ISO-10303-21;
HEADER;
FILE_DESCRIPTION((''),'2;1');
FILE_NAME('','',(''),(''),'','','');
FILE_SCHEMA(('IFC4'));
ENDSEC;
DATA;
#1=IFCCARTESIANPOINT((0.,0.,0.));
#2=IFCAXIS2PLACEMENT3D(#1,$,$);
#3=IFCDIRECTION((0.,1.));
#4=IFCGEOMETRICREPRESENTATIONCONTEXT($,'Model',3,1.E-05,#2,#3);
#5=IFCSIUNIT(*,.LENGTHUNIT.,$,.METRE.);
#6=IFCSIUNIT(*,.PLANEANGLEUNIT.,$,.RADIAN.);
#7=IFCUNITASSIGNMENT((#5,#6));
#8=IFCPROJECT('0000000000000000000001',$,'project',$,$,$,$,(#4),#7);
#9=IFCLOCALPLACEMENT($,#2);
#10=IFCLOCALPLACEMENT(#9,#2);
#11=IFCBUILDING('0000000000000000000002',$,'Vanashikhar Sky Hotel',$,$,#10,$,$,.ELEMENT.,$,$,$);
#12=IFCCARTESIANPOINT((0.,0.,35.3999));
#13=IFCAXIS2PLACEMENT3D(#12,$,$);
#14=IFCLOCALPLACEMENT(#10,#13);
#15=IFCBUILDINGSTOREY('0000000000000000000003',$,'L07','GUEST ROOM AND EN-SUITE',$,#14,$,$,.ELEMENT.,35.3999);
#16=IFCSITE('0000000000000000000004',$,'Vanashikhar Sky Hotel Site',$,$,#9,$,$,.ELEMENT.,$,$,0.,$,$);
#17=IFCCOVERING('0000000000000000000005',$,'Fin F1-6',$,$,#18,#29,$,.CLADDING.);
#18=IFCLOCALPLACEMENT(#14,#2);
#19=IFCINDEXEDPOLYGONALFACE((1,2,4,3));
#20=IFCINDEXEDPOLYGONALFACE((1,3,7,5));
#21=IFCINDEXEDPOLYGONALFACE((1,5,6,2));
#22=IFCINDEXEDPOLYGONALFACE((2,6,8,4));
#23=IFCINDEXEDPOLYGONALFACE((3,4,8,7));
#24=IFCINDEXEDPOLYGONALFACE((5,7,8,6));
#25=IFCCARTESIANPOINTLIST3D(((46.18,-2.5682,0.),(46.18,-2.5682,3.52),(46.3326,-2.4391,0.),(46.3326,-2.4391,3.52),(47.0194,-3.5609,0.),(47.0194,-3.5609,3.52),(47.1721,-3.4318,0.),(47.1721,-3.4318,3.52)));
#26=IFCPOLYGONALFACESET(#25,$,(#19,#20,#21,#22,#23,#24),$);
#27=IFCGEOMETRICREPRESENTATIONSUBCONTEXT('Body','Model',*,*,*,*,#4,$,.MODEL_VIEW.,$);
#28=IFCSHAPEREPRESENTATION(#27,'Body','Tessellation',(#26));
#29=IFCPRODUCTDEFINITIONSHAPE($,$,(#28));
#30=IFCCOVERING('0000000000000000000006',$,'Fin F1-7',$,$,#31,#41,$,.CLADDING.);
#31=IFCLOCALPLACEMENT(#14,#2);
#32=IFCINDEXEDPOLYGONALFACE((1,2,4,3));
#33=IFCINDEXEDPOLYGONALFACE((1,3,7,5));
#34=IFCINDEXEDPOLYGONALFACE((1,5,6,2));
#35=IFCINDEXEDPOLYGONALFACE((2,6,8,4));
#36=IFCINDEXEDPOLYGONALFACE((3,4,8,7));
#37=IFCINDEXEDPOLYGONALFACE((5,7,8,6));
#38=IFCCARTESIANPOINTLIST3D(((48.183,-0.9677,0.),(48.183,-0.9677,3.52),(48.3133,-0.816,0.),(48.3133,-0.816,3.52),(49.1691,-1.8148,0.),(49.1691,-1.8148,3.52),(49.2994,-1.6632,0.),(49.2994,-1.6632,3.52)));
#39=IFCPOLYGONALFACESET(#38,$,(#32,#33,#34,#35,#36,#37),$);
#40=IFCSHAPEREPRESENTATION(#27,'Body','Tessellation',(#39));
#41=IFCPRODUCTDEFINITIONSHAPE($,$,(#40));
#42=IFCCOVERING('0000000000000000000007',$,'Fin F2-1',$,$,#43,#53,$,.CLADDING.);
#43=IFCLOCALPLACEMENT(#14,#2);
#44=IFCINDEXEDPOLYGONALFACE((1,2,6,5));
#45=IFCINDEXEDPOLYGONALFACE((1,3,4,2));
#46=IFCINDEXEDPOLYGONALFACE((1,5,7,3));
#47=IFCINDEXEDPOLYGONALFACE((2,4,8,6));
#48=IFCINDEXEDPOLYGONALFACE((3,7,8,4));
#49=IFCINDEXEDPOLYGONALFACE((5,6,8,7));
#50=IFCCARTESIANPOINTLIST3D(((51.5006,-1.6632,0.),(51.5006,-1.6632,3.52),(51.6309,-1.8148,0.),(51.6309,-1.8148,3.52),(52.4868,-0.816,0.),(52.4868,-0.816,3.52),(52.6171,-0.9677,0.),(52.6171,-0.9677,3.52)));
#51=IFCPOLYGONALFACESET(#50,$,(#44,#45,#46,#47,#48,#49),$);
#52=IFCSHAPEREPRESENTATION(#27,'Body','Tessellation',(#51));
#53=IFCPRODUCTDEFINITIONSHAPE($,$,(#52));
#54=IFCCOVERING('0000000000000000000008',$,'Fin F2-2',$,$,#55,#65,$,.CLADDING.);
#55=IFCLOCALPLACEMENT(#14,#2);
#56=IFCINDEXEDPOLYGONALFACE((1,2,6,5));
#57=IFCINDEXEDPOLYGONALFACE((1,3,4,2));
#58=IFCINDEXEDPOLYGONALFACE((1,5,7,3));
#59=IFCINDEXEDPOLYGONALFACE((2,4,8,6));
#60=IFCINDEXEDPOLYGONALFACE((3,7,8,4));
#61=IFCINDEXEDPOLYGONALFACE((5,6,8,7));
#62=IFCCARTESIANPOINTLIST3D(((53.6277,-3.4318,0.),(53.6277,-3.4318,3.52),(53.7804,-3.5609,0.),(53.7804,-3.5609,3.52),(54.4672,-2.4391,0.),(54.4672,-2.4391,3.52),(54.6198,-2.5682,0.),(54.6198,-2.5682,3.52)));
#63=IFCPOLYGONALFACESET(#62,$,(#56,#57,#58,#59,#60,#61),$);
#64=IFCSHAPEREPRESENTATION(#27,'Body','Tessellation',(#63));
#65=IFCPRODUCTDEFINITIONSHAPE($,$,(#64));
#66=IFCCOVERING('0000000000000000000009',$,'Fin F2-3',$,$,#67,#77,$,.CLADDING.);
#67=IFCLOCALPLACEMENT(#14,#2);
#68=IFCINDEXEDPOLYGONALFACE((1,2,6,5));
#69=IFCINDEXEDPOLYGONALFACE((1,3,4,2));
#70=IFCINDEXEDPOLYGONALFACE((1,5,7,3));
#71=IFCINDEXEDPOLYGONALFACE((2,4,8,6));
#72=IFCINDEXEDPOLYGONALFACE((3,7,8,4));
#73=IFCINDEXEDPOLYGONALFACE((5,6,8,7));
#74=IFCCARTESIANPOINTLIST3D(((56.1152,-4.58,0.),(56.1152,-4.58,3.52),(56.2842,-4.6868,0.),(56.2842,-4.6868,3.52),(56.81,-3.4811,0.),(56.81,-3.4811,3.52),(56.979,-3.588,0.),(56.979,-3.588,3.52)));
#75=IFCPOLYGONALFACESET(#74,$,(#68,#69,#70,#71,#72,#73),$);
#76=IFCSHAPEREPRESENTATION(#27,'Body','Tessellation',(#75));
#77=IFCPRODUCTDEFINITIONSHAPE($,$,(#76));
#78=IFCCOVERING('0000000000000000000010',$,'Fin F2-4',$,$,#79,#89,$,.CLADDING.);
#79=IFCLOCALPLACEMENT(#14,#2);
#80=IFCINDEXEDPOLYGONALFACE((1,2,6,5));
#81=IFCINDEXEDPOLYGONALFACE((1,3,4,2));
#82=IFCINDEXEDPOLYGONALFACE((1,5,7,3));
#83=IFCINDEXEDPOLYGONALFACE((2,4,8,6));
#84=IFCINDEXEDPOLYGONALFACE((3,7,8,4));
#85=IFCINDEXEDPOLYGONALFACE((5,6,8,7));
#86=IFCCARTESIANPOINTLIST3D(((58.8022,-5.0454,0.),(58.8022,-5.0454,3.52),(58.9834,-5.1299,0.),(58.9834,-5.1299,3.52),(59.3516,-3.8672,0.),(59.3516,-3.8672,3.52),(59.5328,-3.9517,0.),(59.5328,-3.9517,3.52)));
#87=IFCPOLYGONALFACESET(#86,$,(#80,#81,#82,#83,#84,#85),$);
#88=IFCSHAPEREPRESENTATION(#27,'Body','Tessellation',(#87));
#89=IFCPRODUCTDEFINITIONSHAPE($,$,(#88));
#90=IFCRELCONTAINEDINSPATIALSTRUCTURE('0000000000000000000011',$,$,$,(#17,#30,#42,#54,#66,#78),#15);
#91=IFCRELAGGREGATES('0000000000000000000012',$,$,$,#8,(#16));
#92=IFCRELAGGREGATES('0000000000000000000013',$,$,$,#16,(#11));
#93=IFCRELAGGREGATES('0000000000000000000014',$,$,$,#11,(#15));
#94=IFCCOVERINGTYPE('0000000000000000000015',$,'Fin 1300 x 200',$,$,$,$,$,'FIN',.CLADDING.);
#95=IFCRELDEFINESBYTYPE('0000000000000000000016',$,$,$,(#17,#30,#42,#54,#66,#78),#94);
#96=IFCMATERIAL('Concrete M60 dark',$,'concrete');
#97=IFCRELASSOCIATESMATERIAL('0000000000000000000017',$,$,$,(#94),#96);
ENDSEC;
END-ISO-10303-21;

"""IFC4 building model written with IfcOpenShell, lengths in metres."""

from ifc_helpers import new_model, si_unit, direction, frame, origin, origin_2d, place, context, subcontext, project, spatial, rectangle, extrude, source, transform, mapped, material, material_profile, profile_set, type_object, element, save


model = new_model("IFC4")

# Units and contexts
model_context = context("Model", 3, precision=1e-05, world=origin(), true_north=direction((0.0, 1.0)))
body_context = subcontext(model_context, "Body", "Model", "MODEL_VIEW")
ifc_project = project(units=[si_unit("LENGTHUNIT", "METRE"), si_unit("PLANEANGLEUNIT", "RADIAN")], contexts=[model_context])

# Site, building, storey
site_placement = place(None, origin())
site = spatial("IfcSite", under=ifc_project, at=site_placement, Name="Vanashikhar Sky Hotel Site", CompositionType="ELEMENT", RefElevation=0.0)
building_placement = place(site_placement, origin())
building = spatial("IfcBuilding", under=site, at=building_placement, Name="Vanashikhar Sky Hotel", CompositionType="ELEMENT")
storey_placement = place(building_placement, frame((0.0, 0.0, 35.3999)))
storey = spatial("IfcBuildingStorey", under=building, at=storey_placement, Name="L07", Description="GUEST ROOM AND EN-SUITE", CompositionType="ELEMENT", Elevation=35.3999)

# Coverings
ifc_material_1 = material(Name="Concrete M60 dark", Category="concrete")
ifc_material_profile = material_profile(ifc_material_1, rectangle(XDim=1.3, YDim=0.2, at=origin_2d()))
ifc_profile_set = profile_set([ifc_material_profile], Name="Fin 1300 x 200")
covering_type = type_object("IfcCoveringType", Name="Fin 1300 x 200", ElementType="FIN", PredefinedType="CLADDING", material=ifc_profile_set)
shared_shape_1 = source(origin(), body_context, "Body", "SweptSolid", [
    extrude(rectangle(XDim=1.3, YDim=0.2, at=origin_2d()), origin(), (0.0, 0.0, 1.0), 3.52),
])
for number, where, z_axis, x_axis, name in (
    (1, (46.676, -3.0, 0.0), (0.0, 0.0, 1.0), (0.645698, -0.763593, 0.0), "Fin F1-6"),
    (2, (48.7412, -1.3154, 0.0), (0.0, 0.0, 1.0), (0.758544, -0.651622, 0.0), "Fin F1-7"),
    (3, (52.0588, -1.3154, 0.0), (0.0, 0.0, 1.0), (-0.758544, -0.651622, 0.0), "Fin F2-1"),
    (4, (54.1238, -3.0, 0.0), (0.0, 0.0, 1.0), (-0.645698, -0.763593, 0.0), "Fin F2-2"),
    (5, (56.5471, -4.084, 0.0), (0.0, 0.0, 1.0), (-0.534411, -0.845225, 0.0), "Fin F2-3"),
    (6, (59.1675, -4.4985, 0.0), (0.0, 0.0, 1.0), (-0.422618, -0.906308, 0.0), "Fin F2-4"),
):
    element("IfcCovering", number, at=place(storey_placement, frame(where, z_axis=z_axis, x_axis=x_axis)), inside=storey, type_object=covering_type, Name=name, PredefinedType="CLADDING", context=body_context, shape_type="MappedRepresentation", body=[
        mapped(shared_shape_1, transform((0.0, 0.0, 0.0), scale=1.0)),
    ])

save(model, "model.ifc")
